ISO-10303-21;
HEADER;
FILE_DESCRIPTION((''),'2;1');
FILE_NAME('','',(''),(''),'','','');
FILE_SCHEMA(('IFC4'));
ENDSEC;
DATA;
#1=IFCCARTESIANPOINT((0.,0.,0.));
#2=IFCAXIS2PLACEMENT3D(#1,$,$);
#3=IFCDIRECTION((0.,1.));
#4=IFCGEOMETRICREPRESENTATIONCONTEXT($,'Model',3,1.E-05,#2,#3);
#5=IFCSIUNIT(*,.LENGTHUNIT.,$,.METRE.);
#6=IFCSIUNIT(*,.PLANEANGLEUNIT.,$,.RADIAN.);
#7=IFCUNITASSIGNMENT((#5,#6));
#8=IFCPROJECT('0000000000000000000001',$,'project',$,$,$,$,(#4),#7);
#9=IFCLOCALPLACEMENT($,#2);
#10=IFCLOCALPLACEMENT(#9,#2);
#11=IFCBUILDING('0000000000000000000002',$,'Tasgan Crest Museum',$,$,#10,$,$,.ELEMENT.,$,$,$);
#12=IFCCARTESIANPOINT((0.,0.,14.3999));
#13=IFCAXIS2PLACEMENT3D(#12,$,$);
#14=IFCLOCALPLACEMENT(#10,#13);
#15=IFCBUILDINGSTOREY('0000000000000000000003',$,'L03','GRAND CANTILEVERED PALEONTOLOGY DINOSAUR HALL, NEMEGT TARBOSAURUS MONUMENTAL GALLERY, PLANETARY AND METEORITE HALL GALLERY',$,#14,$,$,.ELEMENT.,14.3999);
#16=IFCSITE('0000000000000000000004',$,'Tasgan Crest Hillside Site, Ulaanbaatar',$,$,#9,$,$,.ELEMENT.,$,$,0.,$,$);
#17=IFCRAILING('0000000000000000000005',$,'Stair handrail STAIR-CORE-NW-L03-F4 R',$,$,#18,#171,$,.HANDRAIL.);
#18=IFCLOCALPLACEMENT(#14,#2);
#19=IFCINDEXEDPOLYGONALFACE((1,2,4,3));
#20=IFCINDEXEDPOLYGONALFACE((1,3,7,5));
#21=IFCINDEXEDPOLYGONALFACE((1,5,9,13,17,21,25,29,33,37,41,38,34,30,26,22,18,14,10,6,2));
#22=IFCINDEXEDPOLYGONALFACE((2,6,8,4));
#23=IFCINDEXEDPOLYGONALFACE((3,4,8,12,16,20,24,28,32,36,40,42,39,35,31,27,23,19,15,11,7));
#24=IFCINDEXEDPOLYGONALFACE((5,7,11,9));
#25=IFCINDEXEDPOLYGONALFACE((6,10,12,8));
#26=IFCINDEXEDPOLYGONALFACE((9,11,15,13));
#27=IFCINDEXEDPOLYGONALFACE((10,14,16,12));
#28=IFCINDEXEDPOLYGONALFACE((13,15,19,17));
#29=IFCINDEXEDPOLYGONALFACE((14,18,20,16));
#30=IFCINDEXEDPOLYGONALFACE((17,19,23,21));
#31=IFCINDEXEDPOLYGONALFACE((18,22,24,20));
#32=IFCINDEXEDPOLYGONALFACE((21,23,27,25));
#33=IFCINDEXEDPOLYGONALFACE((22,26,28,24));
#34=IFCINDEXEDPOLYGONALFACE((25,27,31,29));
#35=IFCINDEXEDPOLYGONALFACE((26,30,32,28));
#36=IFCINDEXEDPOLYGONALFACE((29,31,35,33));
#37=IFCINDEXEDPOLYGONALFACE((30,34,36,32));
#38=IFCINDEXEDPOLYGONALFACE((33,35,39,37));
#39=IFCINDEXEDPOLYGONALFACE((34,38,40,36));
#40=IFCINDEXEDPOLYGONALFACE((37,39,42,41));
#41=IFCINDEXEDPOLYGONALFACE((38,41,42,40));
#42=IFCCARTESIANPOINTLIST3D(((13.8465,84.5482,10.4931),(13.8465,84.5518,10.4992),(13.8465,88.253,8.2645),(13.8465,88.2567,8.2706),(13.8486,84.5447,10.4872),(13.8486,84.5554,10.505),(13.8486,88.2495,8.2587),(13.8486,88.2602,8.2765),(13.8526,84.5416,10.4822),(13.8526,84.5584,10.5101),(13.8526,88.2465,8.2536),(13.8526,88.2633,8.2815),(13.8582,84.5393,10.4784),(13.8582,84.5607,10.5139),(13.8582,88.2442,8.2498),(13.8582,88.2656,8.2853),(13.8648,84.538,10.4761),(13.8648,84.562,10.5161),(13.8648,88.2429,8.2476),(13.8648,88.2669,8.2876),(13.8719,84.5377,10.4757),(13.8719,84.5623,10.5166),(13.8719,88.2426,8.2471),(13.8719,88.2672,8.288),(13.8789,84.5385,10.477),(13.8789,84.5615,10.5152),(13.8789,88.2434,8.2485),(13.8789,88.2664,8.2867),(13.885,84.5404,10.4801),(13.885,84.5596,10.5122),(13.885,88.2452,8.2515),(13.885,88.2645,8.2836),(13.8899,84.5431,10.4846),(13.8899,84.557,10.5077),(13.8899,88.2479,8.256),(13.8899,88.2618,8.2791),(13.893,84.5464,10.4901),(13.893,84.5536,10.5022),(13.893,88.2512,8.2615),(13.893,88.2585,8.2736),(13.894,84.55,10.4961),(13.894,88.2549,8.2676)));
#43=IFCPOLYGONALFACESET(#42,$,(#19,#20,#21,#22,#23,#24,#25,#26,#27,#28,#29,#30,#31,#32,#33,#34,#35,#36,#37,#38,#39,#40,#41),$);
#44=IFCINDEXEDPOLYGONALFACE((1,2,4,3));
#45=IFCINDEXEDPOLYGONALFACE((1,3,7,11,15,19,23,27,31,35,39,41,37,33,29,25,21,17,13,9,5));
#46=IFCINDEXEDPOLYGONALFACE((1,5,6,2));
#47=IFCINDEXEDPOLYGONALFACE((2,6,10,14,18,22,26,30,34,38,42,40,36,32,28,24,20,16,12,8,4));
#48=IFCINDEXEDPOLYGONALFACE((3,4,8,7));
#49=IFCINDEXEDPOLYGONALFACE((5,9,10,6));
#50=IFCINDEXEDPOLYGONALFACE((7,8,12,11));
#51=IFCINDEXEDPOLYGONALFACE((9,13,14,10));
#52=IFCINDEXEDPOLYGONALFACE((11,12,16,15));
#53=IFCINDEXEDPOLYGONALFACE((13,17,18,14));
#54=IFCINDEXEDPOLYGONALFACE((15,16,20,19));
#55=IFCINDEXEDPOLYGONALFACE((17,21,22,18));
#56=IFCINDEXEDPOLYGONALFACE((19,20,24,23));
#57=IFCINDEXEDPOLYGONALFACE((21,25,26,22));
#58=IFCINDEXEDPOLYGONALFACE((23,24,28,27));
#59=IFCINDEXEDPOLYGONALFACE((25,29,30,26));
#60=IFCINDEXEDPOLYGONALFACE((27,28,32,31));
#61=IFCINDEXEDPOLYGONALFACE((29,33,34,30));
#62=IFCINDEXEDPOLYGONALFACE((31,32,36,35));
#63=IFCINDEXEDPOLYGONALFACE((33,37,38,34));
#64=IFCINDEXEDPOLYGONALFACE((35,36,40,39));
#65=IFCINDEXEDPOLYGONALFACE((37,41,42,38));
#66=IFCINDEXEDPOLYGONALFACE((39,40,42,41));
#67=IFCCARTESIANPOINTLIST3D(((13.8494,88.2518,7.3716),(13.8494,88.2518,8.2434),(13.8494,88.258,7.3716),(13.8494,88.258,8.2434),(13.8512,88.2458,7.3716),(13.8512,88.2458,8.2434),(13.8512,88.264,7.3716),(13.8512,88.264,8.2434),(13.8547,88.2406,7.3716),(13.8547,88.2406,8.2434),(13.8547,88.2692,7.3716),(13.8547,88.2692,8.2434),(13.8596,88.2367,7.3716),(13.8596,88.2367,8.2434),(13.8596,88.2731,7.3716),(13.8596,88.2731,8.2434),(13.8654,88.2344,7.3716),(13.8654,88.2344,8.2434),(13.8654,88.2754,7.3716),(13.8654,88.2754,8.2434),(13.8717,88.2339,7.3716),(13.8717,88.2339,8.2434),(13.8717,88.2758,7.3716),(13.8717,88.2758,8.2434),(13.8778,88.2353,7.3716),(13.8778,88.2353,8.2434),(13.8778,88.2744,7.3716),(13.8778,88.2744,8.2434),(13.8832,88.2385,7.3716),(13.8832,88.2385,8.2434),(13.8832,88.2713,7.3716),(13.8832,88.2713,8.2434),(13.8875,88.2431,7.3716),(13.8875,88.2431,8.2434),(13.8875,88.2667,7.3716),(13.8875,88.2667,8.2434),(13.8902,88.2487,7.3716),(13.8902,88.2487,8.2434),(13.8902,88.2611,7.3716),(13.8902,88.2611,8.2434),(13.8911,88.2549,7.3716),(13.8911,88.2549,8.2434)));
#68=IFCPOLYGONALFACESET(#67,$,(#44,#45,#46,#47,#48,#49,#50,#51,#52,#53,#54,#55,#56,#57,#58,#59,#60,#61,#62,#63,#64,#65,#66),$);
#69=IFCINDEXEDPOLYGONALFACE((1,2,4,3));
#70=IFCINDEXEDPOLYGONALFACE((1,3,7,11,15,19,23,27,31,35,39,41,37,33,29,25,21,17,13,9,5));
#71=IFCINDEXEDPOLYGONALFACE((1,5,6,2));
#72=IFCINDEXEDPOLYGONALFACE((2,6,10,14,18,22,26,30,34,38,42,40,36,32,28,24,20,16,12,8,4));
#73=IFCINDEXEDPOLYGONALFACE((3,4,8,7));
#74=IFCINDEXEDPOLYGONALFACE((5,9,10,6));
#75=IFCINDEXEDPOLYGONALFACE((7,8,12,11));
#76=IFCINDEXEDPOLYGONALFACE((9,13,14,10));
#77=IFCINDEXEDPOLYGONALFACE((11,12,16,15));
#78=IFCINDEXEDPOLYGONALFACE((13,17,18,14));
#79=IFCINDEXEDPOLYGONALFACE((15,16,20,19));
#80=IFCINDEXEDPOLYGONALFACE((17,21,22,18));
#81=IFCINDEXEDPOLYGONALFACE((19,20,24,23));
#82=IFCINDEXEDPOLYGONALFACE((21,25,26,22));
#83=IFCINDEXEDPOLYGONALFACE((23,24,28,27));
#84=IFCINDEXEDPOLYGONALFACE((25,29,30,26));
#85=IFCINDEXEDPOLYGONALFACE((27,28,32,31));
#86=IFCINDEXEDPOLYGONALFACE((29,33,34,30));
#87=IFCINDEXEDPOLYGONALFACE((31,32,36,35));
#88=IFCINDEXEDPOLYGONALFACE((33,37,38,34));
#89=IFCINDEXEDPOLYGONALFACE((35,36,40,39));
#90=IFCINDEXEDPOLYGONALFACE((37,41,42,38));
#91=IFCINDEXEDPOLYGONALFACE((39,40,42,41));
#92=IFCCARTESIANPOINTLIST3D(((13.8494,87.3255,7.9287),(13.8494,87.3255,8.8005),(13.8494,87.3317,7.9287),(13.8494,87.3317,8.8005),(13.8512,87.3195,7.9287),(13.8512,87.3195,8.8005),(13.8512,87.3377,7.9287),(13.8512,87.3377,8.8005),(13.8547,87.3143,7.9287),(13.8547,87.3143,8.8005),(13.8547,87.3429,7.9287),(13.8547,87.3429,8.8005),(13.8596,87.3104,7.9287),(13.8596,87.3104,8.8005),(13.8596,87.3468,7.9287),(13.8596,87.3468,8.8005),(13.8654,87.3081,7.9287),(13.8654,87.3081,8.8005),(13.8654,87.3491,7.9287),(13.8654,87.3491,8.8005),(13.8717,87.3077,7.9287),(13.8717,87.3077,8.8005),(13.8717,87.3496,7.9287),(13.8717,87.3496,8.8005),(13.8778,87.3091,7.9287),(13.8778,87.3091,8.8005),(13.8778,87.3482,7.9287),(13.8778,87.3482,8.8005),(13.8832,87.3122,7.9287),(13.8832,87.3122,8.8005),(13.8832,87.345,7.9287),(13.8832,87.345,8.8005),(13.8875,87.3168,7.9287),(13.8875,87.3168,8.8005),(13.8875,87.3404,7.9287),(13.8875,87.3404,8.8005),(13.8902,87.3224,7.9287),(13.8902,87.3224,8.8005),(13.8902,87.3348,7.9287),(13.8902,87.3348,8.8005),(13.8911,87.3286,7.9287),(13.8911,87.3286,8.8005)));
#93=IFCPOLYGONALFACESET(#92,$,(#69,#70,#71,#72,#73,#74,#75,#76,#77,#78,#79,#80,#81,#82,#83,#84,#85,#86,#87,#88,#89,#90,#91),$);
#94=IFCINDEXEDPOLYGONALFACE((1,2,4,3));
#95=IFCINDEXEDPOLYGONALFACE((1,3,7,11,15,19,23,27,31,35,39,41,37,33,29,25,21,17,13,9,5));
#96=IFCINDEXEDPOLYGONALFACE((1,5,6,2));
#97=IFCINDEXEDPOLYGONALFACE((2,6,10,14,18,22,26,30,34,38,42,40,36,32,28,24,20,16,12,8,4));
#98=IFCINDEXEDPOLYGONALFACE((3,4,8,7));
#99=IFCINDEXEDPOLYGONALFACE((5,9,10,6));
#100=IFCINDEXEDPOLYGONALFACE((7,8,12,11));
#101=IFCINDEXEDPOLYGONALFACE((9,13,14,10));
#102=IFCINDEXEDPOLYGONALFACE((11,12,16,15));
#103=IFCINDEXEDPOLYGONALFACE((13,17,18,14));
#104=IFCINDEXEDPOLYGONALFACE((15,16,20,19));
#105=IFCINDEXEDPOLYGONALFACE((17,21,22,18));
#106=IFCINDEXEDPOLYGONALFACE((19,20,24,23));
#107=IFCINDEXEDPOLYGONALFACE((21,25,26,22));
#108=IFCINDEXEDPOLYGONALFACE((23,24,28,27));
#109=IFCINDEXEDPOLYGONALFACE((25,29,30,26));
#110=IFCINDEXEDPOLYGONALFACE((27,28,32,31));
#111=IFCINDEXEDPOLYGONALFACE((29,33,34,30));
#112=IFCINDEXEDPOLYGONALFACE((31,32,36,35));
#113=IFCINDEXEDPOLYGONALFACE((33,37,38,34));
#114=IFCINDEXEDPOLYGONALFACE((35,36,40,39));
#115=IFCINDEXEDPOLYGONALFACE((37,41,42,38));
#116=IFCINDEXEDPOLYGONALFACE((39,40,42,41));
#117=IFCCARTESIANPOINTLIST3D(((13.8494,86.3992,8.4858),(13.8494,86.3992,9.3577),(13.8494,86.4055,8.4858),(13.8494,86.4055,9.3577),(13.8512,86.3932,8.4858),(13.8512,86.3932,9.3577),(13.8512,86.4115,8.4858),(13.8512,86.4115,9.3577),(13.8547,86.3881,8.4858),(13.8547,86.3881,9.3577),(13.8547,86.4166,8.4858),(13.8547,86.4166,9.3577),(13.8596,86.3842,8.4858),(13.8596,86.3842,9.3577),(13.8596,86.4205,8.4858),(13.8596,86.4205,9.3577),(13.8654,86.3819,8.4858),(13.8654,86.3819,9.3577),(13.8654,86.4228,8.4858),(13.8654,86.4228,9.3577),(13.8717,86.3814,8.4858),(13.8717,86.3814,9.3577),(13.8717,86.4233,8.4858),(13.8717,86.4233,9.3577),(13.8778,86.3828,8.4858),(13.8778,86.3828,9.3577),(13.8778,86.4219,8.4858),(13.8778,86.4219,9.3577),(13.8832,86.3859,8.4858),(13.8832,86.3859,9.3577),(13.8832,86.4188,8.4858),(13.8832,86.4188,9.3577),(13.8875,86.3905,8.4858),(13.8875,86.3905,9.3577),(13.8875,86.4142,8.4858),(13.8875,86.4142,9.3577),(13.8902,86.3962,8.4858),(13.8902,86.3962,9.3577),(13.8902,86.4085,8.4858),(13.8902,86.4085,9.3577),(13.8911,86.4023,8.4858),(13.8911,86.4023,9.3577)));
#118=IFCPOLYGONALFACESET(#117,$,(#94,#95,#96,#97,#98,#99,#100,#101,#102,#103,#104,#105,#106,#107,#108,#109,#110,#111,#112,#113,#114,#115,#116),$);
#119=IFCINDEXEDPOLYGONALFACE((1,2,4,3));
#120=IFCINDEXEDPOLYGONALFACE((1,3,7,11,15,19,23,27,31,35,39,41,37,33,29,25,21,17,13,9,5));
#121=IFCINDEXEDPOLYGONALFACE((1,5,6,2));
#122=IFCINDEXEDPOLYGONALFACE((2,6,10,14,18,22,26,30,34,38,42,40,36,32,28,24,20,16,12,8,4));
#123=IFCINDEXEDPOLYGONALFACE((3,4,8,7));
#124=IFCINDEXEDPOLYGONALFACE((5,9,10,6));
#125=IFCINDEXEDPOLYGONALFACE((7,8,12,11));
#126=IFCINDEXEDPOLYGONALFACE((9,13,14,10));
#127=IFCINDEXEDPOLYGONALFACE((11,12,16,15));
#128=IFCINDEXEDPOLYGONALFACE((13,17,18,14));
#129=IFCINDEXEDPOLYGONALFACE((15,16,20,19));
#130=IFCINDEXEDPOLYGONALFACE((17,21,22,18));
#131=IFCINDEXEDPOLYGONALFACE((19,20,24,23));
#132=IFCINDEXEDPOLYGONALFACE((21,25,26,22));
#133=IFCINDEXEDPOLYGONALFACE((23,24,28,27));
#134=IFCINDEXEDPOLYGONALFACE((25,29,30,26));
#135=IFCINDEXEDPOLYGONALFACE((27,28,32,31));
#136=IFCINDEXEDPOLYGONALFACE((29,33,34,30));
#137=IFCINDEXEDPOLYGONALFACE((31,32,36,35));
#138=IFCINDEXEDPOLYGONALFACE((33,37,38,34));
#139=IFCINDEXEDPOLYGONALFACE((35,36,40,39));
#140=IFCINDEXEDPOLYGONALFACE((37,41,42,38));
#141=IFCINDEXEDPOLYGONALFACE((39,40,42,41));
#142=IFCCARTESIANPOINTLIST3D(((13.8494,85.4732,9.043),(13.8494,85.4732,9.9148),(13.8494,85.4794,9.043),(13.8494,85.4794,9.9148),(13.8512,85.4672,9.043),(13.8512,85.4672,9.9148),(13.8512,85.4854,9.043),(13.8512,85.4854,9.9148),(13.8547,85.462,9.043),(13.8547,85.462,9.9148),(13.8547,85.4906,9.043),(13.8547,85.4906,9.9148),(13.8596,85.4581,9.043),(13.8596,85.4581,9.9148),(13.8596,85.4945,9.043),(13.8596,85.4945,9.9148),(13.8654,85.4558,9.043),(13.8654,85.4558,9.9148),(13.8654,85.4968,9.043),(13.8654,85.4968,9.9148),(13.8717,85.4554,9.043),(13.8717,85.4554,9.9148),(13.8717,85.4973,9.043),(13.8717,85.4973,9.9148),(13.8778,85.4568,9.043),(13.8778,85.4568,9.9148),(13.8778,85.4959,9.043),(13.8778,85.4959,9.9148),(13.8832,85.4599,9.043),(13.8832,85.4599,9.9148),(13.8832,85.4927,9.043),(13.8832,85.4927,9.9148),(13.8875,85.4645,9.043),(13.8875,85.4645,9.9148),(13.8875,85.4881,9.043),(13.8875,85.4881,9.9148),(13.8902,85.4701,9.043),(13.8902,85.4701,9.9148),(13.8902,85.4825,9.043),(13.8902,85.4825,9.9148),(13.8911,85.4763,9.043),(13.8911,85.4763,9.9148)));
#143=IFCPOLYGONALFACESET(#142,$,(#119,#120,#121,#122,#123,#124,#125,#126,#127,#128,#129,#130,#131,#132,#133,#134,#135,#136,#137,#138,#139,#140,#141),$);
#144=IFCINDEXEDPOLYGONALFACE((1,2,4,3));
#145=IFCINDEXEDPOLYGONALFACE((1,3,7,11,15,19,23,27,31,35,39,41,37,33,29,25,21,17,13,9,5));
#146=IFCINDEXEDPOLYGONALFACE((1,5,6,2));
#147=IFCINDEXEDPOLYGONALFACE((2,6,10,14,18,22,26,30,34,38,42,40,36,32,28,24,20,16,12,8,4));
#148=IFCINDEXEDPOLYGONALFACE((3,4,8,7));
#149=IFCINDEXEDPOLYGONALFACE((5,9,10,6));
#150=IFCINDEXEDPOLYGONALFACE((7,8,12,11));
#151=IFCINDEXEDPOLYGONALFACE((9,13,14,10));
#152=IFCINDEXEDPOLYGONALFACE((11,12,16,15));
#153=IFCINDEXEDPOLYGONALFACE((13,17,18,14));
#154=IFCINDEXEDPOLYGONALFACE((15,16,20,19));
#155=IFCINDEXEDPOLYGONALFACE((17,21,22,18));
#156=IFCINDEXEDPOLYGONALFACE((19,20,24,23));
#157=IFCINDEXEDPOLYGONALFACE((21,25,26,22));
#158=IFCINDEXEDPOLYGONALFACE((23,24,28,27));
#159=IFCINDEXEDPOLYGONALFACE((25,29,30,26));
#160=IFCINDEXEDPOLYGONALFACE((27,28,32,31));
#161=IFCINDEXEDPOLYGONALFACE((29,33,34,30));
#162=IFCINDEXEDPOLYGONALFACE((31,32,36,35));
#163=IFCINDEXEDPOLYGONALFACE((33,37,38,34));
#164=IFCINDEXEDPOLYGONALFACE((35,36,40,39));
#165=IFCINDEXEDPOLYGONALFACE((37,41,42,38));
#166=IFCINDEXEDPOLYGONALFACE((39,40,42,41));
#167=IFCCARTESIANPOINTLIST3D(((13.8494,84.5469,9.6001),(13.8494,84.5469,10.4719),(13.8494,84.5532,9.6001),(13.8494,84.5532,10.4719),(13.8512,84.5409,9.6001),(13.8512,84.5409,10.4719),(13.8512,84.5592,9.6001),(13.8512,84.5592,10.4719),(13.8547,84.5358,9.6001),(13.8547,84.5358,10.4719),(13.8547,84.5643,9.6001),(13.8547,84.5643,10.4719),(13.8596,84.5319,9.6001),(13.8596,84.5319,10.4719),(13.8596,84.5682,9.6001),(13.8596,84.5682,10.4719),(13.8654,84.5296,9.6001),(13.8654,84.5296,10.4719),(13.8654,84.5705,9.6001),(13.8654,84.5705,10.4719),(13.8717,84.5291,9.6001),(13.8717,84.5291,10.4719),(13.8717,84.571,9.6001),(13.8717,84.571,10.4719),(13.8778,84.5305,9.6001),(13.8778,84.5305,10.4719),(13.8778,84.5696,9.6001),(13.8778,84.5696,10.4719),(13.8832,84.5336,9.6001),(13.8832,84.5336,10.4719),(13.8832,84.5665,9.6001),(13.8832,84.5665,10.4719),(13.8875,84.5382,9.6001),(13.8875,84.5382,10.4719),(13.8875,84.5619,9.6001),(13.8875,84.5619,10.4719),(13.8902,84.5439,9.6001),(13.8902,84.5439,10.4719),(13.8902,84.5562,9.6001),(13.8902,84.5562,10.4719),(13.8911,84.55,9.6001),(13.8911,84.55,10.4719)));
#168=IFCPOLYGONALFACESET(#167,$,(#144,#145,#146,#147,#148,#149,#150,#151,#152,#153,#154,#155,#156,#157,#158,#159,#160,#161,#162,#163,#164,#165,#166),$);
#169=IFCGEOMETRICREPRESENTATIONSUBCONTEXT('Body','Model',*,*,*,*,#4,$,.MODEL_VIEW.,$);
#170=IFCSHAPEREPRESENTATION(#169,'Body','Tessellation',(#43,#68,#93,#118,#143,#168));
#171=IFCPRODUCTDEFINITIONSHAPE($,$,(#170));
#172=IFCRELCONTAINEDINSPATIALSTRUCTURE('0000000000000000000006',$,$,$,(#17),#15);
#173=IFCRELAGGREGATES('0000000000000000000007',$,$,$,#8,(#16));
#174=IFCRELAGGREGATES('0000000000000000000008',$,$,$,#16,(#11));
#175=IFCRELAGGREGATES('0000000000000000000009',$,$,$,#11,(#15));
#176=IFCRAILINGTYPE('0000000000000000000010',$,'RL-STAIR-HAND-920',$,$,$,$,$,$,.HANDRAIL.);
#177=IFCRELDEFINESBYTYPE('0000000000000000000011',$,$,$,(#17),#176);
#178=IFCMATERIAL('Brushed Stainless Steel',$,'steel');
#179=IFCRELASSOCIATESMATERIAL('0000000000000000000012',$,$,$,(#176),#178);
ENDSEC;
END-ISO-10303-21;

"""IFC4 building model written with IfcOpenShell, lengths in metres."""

from ifc_helpers import new_model, si_unit, direction, frame, origin, origin_2d, place, context, subcontext, project, spatial, circle, extrude, material, type_object, element, save


model = new_model("IFC4")

# Units and contexts
model_context = context("Model", 3, precision=1e-05, world=origin(), true_north=direction((0.0, 1.0)))
body_context = subcontext(model_context, "Body", "Model", "MODEL_VIEW")
ifc_project = project(units=[si_unit("LENGTHUNIT", "METRE"), si_unit("PLANEANGLEUNIT", "RADIAN")], contexts=[model_context])

# Site, building, storey
site_placement = place(None, origin())
site = spatial("IfcSite", under=ifc_project, at=site_placement, Name="Tasgan Crest Hillside Site, Ulaanbaatar", CompositionType="ELEMENT", RefElevation=0.0)
building_placement = place(site_placement, origin())
building = spatial("IfcBuilding", under=site, at=building_placement, Name="Tasgan Crest Museum", CompositionType="ELEMENT")
storey_placement = place(building_placement, frame((0.0, 0.0, 14.3999)))
storey = spatial("IfcBuildingStorey", under=building, at=storey_placement, Name="L03", Description="GRAND CANTILEVERED PALEONTOLOGY DINOSAUR HALL, NEMEGT TARBOSAURUS MONUMENTAL GALLERY, PLANETARY AND METEORITE HALL GALLERY", CompositionType="ELEMENT", Elevation=14.3999)

# Railing
ifc_material_1 = material(Name="Brushed Stainless Steel", Category="steel")
railing_type_1 = type_object("IfcRailingType", Name="RL-STAIR-HAND-920", PredefinedType="HANDRAIL", material=ifc_material_1)
railing_1_placement = place(storey_placement, frame((13.8701, 88.2549, 7.3716)))
element("IfcRailing", 1, at=railing_1_placement, inside=storey, type_object=railing_type_1, Name="Stair handrail STAIR-CORE-NW-L03-F4 R", PredefinedType="HANDRAIL", context=body_context, shape_type="SweptSolid", body=[
    extrude(circle(Radius=0.0239, at=origin_2d()), frame((0.0, 0.0, 0.896), z_axis=(0.0, -0.856919, 0.51545), x_axis=(1.0, 0.0, 0.0)), (0.0, 0.0, 1.0), 4.3235),
    extrude(circle(Radius=0.021, at=origin_2d()), origin(), (0.0, 0.0, 1.0), 0.8718),
    extrude(circle(Radius=0.021, at=origin_2d()), frame((0.0, -0.9263, 0.5571)), (0.0, 0.0, 1.0), 0.8718),
    extrude(circle(Radius=0.021, at=origin_2d()), frame((0.0, -1.8525, 1.1143)), (0.0, 0.0, 1.0), 0.8718),
    extrude(circle(Radius=0.021, at=origin_2d()), frame((0.0, -2.7786, 1.6714)), (0.0, 0.0, 1.0), 0.8718),
    extrude(circle(Radius=0.021, at=origin_2d()), frame((0.0, -3.7048, 2.2285)), (0.0, 0.0, 1.0), 0.8718),
])

save(model, "model.ifc")
